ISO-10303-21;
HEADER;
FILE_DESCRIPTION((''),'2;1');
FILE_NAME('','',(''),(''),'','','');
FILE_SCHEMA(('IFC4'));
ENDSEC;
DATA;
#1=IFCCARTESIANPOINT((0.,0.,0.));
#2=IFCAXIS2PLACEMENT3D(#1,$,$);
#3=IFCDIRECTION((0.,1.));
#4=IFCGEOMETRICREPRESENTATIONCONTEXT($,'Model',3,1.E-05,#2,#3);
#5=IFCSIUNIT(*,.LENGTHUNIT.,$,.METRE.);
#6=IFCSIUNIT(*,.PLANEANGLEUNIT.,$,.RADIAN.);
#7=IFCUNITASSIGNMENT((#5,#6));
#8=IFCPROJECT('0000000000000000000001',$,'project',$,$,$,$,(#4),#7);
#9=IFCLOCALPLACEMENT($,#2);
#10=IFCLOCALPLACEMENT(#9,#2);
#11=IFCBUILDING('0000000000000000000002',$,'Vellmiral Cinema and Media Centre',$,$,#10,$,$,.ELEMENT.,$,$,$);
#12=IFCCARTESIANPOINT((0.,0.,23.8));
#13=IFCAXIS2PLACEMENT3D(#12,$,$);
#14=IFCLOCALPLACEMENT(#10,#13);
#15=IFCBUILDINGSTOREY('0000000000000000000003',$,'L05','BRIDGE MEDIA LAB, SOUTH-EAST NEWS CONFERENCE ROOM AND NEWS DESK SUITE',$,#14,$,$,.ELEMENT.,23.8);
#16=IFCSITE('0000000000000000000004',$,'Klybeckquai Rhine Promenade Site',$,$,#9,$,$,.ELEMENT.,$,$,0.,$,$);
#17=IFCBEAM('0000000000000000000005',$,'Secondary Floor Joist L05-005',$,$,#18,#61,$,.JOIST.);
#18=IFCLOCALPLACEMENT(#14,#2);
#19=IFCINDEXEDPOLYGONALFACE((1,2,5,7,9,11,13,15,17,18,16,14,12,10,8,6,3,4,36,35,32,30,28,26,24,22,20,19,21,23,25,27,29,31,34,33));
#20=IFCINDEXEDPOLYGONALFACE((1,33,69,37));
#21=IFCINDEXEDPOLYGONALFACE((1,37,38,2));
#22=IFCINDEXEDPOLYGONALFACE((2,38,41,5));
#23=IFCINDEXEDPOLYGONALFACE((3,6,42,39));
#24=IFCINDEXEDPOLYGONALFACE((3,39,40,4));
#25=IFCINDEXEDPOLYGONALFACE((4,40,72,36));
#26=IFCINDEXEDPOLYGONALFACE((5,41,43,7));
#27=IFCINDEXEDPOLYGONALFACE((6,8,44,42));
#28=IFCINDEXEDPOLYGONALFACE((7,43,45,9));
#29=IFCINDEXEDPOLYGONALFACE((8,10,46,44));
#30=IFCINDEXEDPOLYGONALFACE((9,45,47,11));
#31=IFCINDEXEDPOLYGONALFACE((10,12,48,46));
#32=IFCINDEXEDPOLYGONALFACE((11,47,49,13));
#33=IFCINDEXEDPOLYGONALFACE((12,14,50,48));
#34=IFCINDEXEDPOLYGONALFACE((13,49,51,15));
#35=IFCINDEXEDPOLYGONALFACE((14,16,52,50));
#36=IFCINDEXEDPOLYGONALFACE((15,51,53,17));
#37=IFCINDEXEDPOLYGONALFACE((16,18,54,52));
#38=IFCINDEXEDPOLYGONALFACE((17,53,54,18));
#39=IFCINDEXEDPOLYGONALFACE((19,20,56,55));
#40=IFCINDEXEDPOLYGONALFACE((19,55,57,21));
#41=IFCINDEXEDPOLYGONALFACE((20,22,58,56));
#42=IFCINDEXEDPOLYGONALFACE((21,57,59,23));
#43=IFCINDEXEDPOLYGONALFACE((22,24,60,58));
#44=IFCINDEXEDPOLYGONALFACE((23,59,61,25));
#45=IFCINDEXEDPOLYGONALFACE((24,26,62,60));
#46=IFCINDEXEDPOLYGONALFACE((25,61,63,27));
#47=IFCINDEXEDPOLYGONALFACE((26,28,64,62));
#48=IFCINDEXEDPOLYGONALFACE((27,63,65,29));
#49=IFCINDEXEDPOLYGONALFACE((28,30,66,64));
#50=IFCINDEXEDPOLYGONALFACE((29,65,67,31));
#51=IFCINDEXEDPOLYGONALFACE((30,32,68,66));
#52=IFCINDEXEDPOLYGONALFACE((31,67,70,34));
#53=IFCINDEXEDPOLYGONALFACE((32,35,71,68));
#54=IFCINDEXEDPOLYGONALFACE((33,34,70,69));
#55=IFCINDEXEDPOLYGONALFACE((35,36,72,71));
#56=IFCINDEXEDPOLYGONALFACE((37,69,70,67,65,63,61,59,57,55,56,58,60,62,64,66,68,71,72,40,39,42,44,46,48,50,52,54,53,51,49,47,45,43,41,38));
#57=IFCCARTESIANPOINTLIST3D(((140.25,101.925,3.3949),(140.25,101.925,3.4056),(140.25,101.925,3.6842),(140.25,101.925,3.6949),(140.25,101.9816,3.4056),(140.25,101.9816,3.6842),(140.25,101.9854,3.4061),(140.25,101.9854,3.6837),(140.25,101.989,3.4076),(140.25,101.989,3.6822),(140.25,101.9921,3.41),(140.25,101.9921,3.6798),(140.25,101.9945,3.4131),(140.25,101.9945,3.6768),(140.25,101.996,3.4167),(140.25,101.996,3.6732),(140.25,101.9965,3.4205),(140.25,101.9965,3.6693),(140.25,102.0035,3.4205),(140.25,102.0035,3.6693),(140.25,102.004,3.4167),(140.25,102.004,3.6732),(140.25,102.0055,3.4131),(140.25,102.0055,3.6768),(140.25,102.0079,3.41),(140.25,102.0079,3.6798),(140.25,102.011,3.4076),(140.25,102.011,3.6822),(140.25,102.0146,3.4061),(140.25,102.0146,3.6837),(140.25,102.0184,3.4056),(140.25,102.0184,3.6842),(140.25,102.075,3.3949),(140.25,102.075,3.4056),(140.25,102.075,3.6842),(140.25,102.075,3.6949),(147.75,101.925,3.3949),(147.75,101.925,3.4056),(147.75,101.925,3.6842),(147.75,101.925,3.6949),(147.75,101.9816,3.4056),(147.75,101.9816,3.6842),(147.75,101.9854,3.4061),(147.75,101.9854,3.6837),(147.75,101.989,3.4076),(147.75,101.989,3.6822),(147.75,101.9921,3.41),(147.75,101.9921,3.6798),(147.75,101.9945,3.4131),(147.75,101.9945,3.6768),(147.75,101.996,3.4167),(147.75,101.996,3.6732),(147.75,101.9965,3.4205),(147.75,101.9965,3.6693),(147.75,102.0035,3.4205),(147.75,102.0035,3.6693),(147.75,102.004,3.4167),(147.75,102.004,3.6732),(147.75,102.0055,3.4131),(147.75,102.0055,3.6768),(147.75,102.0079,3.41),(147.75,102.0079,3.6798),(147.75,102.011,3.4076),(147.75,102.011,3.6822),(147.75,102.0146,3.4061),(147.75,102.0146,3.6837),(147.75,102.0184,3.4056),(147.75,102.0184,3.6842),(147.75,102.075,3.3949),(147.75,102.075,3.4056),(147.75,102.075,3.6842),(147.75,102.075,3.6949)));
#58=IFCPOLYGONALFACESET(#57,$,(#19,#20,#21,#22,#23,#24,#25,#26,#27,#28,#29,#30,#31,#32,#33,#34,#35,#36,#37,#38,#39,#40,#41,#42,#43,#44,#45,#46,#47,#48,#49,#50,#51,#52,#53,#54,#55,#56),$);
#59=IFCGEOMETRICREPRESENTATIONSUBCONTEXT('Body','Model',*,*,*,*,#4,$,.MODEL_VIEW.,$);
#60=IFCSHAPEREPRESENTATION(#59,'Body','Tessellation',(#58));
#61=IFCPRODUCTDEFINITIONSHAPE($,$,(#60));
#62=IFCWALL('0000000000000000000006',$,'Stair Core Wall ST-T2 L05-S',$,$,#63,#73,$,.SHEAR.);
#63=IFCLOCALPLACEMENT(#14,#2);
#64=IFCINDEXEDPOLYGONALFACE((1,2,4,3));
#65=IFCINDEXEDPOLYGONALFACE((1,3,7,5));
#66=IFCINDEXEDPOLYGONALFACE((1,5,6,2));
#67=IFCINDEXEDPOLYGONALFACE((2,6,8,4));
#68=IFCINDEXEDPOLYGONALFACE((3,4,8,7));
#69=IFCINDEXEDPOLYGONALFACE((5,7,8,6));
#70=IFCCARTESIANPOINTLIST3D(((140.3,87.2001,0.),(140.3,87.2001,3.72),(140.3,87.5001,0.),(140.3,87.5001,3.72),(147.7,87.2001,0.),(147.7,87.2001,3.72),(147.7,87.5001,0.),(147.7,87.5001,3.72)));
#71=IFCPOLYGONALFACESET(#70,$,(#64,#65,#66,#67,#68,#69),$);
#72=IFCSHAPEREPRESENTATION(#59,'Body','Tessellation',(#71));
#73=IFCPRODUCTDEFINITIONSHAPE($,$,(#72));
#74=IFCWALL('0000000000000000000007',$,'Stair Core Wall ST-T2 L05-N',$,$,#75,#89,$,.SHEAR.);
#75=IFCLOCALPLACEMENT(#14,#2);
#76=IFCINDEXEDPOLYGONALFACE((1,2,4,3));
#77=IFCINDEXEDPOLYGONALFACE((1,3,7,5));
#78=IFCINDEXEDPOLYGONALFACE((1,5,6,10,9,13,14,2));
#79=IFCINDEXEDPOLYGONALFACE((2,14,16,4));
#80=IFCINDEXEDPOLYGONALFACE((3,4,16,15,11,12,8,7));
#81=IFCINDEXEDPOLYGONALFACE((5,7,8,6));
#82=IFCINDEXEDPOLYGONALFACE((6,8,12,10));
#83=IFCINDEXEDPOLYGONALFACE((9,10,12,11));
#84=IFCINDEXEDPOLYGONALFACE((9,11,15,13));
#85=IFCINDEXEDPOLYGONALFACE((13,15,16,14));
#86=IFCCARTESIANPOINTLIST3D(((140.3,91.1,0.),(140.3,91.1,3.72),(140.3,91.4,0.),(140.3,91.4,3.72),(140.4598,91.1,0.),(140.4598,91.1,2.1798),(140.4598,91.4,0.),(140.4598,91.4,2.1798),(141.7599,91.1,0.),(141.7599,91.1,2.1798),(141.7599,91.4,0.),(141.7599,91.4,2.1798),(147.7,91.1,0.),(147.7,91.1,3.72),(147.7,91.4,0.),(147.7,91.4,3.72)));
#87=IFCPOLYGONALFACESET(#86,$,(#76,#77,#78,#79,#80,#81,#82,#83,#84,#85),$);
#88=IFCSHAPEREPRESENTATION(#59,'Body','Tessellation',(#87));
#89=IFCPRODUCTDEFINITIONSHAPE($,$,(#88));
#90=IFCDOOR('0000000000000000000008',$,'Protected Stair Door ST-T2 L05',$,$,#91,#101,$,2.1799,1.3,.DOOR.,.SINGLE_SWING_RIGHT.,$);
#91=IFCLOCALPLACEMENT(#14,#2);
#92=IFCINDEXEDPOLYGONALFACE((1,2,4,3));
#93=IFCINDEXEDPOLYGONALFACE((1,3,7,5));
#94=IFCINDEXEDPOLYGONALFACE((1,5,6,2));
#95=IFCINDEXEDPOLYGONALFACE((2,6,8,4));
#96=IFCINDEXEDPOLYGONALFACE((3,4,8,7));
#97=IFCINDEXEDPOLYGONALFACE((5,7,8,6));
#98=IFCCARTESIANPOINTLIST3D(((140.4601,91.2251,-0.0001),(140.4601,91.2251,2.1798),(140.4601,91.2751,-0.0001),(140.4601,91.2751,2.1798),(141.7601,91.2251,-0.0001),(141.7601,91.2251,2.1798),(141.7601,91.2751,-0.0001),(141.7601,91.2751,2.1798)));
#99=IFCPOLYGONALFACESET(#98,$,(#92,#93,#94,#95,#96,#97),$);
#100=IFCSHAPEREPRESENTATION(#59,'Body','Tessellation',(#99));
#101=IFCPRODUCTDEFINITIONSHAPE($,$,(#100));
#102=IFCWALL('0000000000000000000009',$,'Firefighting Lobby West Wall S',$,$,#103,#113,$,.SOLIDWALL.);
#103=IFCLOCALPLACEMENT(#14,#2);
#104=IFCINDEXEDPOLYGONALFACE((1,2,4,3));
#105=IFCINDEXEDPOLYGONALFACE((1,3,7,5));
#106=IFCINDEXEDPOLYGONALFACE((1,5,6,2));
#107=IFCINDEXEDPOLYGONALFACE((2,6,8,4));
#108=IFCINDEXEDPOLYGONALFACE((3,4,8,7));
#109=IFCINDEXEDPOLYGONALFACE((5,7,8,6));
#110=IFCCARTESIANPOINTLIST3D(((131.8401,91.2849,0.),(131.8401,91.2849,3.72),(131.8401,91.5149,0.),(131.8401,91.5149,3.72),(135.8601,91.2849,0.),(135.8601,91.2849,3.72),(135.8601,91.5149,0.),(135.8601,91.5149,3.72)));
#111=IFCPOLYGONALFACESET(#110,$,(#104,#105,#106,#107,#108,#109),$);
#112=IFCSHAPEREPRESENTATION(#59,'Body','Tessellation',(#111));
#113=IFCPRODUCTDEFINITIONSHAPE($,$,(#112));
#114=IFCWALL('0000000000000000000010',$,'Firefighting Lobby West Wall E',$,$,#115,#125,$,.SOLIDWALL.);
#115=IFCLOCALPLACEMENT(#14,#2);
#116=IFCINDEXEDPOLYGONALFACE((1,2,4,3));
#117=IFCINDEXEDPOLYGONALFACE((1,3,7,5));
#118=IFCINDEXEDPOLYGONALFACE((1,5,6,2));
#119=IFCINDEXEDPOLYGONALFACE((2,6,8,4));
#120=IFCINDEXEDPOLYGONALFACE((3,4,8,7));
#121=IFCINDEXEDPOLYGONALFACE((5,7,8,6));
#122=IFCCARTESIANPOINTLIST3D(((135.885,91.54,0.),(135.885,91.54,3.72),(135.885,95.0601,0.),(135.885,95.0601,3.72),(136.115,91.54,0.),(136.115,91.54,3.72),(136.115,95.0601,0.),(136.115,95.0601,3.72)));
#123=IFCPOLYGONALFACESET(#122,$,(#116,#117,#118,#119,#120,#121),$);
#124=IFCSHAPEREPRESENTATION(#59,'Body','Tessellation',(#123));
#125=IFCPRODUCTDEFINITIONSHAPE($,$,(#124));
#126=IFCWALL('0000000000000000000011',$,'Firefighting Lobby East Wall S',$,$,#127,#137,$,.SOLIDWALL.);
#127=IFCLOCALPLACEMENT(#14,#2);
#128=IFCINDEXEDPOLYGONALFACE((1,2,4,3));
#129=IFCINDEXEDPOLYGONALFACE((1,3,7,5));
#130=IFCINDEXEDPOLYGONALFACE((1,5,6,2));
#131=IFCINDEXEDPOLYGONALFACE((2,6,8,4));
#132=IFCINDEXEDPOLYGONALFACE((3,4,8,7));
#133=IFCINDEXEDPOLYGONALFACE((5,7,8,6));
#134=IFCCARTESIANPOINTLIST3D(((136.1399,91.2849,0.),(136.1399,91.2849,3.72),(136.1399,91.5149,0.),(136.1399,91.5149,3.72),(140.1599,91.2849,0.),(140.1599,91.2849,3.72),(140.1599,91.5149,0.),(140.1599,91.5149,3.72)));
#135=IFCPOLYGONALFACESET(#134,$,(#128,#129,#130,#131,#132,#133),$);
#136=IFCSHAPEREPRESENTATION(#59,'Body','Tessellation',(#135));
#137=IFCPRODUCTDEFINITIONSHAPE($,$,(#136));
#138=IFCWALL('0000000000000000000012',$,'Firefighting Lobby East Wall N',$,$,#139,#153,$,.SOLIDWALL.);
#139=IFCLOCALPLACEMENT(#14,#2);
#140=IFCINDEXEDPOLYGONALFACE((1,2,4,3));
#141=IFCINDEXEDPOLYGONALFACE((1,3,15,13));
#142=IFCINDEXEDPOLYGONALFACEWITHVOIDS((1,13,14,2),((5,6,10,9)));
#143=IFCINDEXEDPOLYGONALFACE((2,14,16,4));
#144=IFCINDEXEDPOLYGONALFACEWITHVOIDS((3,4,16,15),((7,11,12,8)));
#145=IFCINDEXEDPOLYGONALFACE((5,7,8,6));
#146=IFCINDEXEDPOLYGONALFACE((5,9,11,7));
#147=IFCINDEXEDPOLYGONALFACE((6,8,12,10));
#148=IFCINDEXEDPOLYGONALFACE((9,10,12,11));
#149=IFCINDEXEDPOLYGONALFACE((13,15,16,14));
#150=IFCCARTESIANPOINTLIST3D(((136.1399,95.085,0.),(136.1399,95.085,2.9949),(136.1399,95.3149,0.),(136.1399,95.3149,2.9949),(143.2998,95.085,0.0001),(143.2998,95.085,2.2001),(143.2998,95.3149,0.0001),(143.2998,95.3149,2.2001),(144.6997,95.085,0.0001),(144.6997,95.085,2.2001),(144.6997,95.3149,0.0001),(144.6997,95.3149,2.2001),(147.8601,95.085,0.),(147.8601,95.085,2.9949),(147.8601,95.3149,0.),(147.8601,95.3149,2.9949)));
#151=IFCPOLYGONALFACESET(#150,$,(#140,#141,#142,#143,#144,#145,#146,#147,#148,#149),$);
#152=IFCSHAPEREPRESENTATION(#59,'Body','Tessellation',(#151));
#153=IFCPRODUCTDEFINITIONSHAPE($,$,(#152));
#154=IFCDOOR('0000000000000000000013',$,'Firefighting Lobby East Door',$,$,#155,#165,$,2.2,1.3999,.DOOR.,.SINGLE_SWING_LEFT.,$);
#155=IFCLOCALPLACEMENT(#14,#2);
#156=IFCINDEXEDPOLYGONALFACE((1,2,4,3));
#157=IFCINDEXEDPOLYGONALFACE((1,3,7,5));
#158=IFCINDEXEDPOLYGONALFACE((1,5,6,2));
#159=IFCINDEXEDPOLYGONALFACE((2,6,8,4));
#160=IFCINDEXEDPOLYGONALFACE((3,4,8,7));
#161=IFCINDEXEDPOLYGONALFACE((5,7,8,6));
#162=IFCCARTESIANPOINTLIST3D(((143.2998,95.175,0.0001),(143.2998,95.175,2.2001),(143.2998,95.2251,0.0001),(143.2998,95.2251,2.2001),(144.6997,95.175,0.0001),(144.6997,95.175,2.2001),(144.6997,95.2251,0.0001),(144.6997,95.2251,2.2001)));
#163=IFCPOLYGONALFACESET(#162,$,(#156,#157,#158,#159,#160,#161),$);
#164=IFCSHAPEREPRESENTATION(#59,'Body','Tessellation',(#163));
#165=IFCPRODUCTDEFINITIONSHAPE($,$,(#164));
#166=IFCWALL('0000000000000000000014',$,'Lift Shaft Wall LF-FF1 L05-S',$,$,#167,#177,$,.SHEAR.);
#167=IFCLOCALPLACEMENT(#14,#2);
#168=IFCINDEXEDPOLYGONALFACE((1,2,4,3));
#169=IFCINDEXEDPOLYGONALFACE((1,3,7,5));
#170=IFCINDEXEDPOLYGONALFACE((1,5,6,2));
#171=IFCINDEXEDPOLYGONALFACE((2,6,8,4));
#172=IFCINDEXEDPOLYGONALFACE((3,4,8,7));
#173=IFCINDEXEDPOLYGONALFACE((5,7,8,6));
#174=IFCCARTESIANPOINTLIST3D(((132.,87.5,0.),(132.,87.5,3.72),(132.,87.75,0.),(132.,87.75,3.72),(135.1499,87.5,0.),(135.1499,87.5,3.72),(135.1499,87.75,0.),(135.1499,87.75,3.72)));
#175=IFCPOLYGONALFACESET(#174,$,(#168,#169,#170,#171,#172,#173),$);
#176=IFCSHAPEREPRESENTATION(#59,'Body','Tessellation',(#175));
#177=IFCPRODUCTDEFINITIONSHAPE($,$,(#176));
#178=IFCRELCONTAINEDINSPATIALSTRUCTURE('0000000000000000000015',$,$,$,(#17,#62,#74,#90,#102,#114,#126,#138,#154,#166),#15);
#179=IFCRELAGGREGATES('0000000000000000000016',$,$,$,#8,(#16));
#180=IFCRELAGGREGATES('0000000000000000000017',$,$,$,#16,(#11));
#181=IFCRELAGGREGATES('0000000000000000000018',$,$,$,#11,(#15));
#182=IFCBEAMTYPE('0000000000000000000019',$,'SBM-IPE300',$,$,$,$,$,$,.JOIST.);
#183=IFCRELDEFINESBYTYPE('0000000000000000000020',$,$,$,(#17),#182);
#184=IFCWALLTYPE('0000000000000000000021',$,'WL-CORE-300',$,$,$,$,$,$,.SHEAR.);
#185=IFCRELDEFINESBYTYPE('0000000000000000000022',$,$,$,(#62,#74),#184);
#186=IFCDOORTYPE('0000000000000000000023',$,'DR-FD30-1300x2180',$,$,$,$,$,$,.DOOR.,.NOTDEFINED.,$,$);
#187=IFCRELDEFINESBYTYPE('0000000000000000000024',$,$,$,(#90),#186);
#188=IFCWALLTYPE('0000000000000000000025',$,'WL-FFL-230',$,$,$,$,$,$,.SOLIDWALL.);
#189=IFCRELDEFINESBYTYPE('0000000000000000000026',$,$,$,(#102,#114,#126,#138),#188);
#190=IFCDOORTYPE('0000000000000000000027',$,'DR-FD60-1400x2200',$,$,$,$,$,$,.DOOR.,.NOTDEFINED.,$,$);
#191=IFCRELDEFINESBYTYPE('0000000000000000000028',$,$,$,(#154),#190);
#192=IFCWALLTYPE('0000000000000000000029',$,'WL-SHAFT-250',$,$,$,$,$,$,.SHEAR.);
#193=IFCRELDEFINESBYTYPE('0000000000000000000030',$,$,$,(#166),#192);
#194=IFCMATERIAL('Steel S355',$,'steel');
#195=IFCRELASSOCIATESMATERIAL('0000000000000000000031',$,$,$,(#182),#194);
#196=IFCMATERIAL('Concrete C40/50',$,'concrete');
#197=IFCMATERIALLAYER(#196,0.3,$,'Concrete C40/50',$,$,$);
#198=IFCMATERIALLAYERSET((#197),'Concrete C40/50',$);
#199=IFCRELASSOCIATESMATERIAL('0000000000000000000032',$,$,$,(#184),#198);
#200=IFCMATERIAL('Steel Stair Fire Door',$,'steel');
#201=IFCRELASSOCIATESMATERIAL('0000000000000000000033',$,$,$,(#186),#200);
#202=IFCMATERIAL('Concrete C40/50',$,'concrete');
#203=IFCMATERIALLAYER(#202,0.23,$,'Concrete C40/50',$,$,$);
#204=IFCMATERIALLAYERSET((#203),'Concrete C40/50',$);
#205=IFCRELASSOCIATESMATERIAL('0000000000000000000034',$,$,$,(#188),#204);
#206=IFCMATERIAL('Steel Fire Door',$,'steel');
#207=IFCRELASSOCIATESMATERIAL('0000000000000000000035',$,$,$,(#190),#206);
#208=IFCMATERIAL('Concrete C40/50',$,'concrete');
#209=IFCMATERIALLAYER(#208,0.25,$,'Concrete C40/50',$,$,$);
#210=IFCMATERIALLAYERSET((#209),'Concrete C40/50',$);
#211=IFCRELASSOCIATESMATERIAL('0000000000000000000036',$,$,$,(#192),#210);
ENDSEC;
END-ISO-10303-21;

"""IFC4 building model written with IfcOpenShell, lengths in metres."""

from ifc_helpers import new_model, si_unit, direction, frame, frame_2d, origin, origin_2d, place, context, subcontext, project, spatial, rectangle, i_section, extrude, material, layer, layer_set, material_profile, profile_set, type_object, element, fill, save


model = new_model("IFC4")

# Units and contexts
model_context = context("Model", 3, precision=1e-05, world=origin(), true_north=direction((0.0, 1.0)))
body_context = subcontext(model_context, "Body", "Model", "MODEL_VIEW")
ifc_project = project(units=[si_unit("LENGTHUNIT", "METRE"), si_unit("PLANEANGLEUNIT", "RADIAN")], contexts=[model_context])

# Site, building, storey
site_placement = place(None, origin())
site = spatial("IfcSite", under=ifc_project, at=site_placement, Name="Klybeckquai Rhine Promenade Site", CompositionType="ELEMENT", RefElevation=0.0)
building_placement = place(site_placement, origin())
building = spatial("IfcBuilding", under=site, at=building_placement, Name="Vellmiral Cinema and Media Centre", CompositionType="ELEMENT")
storey_placement = place(building_placement, frame((0.0, 0.0, 23.8)))
storey = spatial("IfcBuildingStorey", under=building, at=storey_placement, Name="L05", Description="BRIDGE MEDIA LAB, SOUTH-EAST NEWS CONFERENCE ROOM AND NEWS DESK SUITE", CompositionType="ELEMENT", Elevation=23.8)

# Beam
ifc_material_1 = material(Name="Steel S355", Category="steel")
ifc_material_profile_1 = material_profile(ifc_material_1, i_section(OverallWidth=0.1499, OverallDepth=0.3, WebThickness=0.0071, FlangeThickness=0.0107, FilletRadius=0.0149, at=origin_2d()), Name="IPE 300")
ifc_profile_set_1 = profile_set([ifc_material_profile_1], Name="Steel S355")
beam_type_1 = type_object("IfcBeamType", Name="SBM-IPE300", PredefinedType="JOIST", material=ifc_profile_set_1)
beam_1_placement = place(storey_placement, frame((140.25, 102.0, 3.5449), z_axis=(1.0, 0.0, 0.0), x_axis=(0.0, 1.0, 0.0)))
element("IfcBeam", 1, at=beam_1_placement, inside=storey, type_object=beam_type_1, Name="Secondary Floor Joist L05-005", PredefinedType="JOIST", context=body_context, shape_type="SweptSolid", body=[
    extrude(i_section(OverallWidth=0.1499, OverallDepth=0.3, WebThickness=0.0071, FlangeThickness=0.0107, FilletRadius=0.0149, at=origin_2d()), origin(), (0.0, 0.0, 1.0), 7.5),
])

# Wall
ifc_material_2 = material(Name="Concrete C40/50", Category="concrete")
ifc_layer_1 = layer(ifc_material_2, 0.3, Name="Concrete C40/50")
ifc_layer_set_1 = layer_set([ifc_layer_1], Name="Concrete C40/50")
wall_type_1 = type_object("IfcWallType", Name="WL-CORE-300", PredefinedType="SHEAR", material=ifc_layer_set_1)
wall_1_placement = place(storey_placement, frame((140.3, 87.3501, 0.0), z_axis=(0.0, 0.0, 1.0), x_axis=(1.0, 0.0, 0.0)))
element("IfcWall", 2, at=wall_1_placement, inside=storey, type_object=wall_type_1, Name="Stair Core Wall ST-T2 L05-S", PredefinedType="SHEAR", context=body_context, shape_type="SweptSolid", body=[
    extrude(rectangle(XDim=7.3999, YDim=0.3, at=frame_2d((3.7, 0.0))), origin(), (0.0, 0.0, 1.0), 3.72),
])

# Wall, opening, door
wall_2_placement = place(storey_placement, frame((140.3, 91.25, 0.0), z_axis=(0.0, 0.0, 1.0), x_axis=(1.0, 0.0, 0.0)))
wall_2 = element("IfcWall", 3, at=wall_2_placement, inside=storey, type_object=wall_type_1, Name="Stair Core Wall ST-T2 L05-N", PredefinedType="SHEAR", context=body_context, shape_type="SweptSolid", body=[
    extrude(rectangle(XDim=7.3999, YDim=0.3, at=frame_2d((3.7, 0.0))), origin(), (0.0, 0.0, 1.0), 3.72),
])
opening_1_placement = place(wall_2_placement, frame((0.1599, 0.0, 0.0)))
opening_1 = element("IfcOpeningElement", 4, at=opening_1_placement, cuts=wall_2, PredefinedType="OPENING", context=body_context, shape_type="SweptSolid", body=[
    extrude(rectangle(XDim=1.3, YDim=2.1799, at=frame_2d((0.6499, 1.0898))), frame((0.0, 0.1621, 0.0), z_axis=(0.0, -1.0, 0.0), x_axis=(1.0, 0.0, 0.0)), (0.0, 0.0, 1.0), 0.324),
])
ifc_material_3 = material(Name="Steel Stair Fire Door", Category="steel")
door_type_1 = type_object("IfcDoorType", Name="DR-FD30-1300x2180", OperationType="NOTDEFINED", PredefinedType="DOOR", material=ifc_material_3)
door_1_placement = place(opening_1_placement, frame((1.3, 0.0, 0.0), z_axis=(0.0, 0.0, 1.0), x_axis=(-1.0, 0.0, 0.0)))
door_1 = element("IfcDoor", 5, at=door_1_placement, inside=storey, type_object=door_type_1, Name="Protected Stair Door ST-T2 L05", OperationType="SINGLE_SWING_RIGHT", OverallHeight=2.1799, OverallWidth=1.3, PredefinedType="DOOR", context=body_context, shape_type="SweptSolid", body=[
    extrude(rectangle(XDim=1.3, YDim=2.1799, at=frame_2d((0.6499, 1.0898))), frame((0.0, 0.0249, 0.0), z_axis=(0.0, -1.0, 0.0), x_axis=(1.0, 0.0, 0.0)), (0.0, 0.0, 1.0), 0.05),
])
fill(opening_1, door_1)

# Walls
ifc_material_4 = material(Name="Concrete C40/50", Category="concrete")
ifc_layer_2 = layer(ifc_material_4, 0.23, Name="Concrete C40/50")
ifc_layer_set_2 = layer_set([ifc_layer_2], Name="Concrete C40/50")
wall_type_2 = type_object("IfcWallType", Name="WL-FFL-230", PredefinedType="SOLIDWALL", material=ifc_layer_set_2)
wall_3_placement = place(storey_placement, frame((131.8401, 91.3999, 0.0), z_axis=(0.0, 0.0, 1.0), x_axis=(1.0, 0.0, 0.0)))
element("IfcWall", 6, at=wall_3_placement, inside=storey, type_object=wall_type_2, Name="Firefighting Lobby West Wall S", PredefinedType="SOLIDWALL", context=body_context, shape_type="SweptSolid", body=[
    extrude(rectangle(XDim=4.02, YDim=0.23, at=frame_2d((2.01, 0.0))), origin(), (0.0, 0.0, 1.0), 3.72),
])
wall_4_placement = place(storey_placement, frame((136.0, 91.54, 0.0), z_axis=(0.0, 0.0, 1.0), x_axis=(0.0, 1.0, 0.0)))
element("IfcWall", 7, at=wall_4_placement, inside=storey, type_object=wall_type_2, Name="Firefighting Lobby West Wall E", PredefinedType="SOLIDWALL", context=body_context, shape_type="SweptSolid", body=[
    extrude(rectangle(XDim=3.52, YDim=0.23, at=frame_2d((1.76, 0.0))), origin(), (0.0, 0.0, 1.0), 3.72),
])
wall_5_placement = place(storey_placement, frame((136.1399, 91.3999, 0.0), z_axis=(0.0, 0.0, 1.0), x_axis=(1.0, 0.0, 0.0)))
element("IfcWall", 8, at=wall_5_placement, inside=storey, type_object=wall_type_2, Name="Firefighting Lobby East Wall S", PredefinedType="SOLIDWALL", context=body_context, shape_type="SweptSolid", body=[
    extrude(rectangle(XDim=4.02, YDim=0.23, at=frame_2d((2.01, 0.0))), origin(), (0.0, 0.0, 1.0), 3.72),
])

# Wall, opening, door
wall_6_placement = place(storey_placement, frame((136.1399, 95.2, 0.0), z_axis=(0.0, 0.0, 1.0), x_axis=(1.0, 0.0, 0.0)))
wall_6 = element("IfcWall", 9, at=wall_6_placement, inside=storey, type_object=wall_type_2, Name="Firefighting Lobby East Wall N", PredefinedType="SOLIDWALL", context=body_context, shape_type="SweptSolid", body=[
    extrude(rectangle(XDim=11.7202, YDim=0.23, at=frame_2d((5.8601, 0.0))), origin(), (0.0, 0.0, 1.0), 2.9949),
])
opening_2_placement = place(wall_6_placement, frame((7.1599, 0.0, 0.0)))
opening_2 = element("IfcOpeningElement", 10, at=opening_2_placement, cuts=wall_6, PredefinedType="OPENING", context=body_context, shape_type="SweptSolid", body=[
    extrude(rectangle(XDim=1.3999, YDim=2.2, at=frame_2d((0.7, 1.1001))), frame((0.0, 0.127, 0.0), z_axis=(0.0, -1.0, 0.0), x_axis=(1.0, 0.0, 0.0)), (0.0, 0.0, 1.0), 0.2539),
])
ifc_material_5 = material(Name="Steel Fire Door", Category="steel")
door_type_2 = type_object("IfcDoorType", Name="DR-FD60-1400x2200", OperationType="NOTDEFINED", PredefinedType="DOOR", material=ifc_material_5)
door_2_placement = place(opening_2_placement, frame((1.3999, 0.0, 0.0), z_axis=(0.0, 0.0, 1.0), x_axis=(-1.0, 0.0, 0.0)))
door_2 = element("IfcDoor", 11, at=door_2_placement, inside=storey, type_object=door_type_2, Name="Firefighting Lobby East Door", OperationType="SINGLE_SWING_LEFT", OverallHeight=2.2, OverallWidth=1.3999, PredefinedType="DOOR", context=body_context, shape_type="SweptSolid", body=[
    extrude(rectangle(XDim=1.3999, YDim=2.2, at=frame_2d((0.7, 1.1001))), frame((0.0, 0.0249, 0.0), z_axis=(0.0, -1.0, 0.0), x_axis=(1.0, 0.0, 0.0)), (0.0, 0.0, 1.0), 0.05),
])
fill(opening_2, door_2)

# Wall
ifc_material_6 = material(Name="Concrete C40/50", Category="concrete")
ifc_layer_3 = layer(ifc_material_6, 0.25, Name="Concrete C40/50")
ifc_layer_set_3 = layer_set([ifc_layer_3], Name="Concrete C40/50")
wall_type_3 = type_object("IfcWallType", Name="WL-SHAFT-250", PredefinedType="SHEAR", material=ifc_layer_set_3)
wall_7_placement = place(storey_placement, frame((132.0, 87.625, 0.0), z_axis=(0.0, 0.0, 1.0), x_axis=(1.0, 0.0, 0.0)))
element("IfcWall", 12, at=wall_7_placement, inside=storey, type_object=wall_type_3, Name="Lift Shaft Wall LF-FF1 L05-S", PredefinedType="SHEAR", context=body_context, shape_type="SweptSolid", body=[
    extrude(rectangle(XDim=3.1499, YDim=0.25, at=frame_2d((1.575, 0.0))), origin(), (0.0, 0.0, 1.0), 3.72),
])

save(model, "model.ifc")
